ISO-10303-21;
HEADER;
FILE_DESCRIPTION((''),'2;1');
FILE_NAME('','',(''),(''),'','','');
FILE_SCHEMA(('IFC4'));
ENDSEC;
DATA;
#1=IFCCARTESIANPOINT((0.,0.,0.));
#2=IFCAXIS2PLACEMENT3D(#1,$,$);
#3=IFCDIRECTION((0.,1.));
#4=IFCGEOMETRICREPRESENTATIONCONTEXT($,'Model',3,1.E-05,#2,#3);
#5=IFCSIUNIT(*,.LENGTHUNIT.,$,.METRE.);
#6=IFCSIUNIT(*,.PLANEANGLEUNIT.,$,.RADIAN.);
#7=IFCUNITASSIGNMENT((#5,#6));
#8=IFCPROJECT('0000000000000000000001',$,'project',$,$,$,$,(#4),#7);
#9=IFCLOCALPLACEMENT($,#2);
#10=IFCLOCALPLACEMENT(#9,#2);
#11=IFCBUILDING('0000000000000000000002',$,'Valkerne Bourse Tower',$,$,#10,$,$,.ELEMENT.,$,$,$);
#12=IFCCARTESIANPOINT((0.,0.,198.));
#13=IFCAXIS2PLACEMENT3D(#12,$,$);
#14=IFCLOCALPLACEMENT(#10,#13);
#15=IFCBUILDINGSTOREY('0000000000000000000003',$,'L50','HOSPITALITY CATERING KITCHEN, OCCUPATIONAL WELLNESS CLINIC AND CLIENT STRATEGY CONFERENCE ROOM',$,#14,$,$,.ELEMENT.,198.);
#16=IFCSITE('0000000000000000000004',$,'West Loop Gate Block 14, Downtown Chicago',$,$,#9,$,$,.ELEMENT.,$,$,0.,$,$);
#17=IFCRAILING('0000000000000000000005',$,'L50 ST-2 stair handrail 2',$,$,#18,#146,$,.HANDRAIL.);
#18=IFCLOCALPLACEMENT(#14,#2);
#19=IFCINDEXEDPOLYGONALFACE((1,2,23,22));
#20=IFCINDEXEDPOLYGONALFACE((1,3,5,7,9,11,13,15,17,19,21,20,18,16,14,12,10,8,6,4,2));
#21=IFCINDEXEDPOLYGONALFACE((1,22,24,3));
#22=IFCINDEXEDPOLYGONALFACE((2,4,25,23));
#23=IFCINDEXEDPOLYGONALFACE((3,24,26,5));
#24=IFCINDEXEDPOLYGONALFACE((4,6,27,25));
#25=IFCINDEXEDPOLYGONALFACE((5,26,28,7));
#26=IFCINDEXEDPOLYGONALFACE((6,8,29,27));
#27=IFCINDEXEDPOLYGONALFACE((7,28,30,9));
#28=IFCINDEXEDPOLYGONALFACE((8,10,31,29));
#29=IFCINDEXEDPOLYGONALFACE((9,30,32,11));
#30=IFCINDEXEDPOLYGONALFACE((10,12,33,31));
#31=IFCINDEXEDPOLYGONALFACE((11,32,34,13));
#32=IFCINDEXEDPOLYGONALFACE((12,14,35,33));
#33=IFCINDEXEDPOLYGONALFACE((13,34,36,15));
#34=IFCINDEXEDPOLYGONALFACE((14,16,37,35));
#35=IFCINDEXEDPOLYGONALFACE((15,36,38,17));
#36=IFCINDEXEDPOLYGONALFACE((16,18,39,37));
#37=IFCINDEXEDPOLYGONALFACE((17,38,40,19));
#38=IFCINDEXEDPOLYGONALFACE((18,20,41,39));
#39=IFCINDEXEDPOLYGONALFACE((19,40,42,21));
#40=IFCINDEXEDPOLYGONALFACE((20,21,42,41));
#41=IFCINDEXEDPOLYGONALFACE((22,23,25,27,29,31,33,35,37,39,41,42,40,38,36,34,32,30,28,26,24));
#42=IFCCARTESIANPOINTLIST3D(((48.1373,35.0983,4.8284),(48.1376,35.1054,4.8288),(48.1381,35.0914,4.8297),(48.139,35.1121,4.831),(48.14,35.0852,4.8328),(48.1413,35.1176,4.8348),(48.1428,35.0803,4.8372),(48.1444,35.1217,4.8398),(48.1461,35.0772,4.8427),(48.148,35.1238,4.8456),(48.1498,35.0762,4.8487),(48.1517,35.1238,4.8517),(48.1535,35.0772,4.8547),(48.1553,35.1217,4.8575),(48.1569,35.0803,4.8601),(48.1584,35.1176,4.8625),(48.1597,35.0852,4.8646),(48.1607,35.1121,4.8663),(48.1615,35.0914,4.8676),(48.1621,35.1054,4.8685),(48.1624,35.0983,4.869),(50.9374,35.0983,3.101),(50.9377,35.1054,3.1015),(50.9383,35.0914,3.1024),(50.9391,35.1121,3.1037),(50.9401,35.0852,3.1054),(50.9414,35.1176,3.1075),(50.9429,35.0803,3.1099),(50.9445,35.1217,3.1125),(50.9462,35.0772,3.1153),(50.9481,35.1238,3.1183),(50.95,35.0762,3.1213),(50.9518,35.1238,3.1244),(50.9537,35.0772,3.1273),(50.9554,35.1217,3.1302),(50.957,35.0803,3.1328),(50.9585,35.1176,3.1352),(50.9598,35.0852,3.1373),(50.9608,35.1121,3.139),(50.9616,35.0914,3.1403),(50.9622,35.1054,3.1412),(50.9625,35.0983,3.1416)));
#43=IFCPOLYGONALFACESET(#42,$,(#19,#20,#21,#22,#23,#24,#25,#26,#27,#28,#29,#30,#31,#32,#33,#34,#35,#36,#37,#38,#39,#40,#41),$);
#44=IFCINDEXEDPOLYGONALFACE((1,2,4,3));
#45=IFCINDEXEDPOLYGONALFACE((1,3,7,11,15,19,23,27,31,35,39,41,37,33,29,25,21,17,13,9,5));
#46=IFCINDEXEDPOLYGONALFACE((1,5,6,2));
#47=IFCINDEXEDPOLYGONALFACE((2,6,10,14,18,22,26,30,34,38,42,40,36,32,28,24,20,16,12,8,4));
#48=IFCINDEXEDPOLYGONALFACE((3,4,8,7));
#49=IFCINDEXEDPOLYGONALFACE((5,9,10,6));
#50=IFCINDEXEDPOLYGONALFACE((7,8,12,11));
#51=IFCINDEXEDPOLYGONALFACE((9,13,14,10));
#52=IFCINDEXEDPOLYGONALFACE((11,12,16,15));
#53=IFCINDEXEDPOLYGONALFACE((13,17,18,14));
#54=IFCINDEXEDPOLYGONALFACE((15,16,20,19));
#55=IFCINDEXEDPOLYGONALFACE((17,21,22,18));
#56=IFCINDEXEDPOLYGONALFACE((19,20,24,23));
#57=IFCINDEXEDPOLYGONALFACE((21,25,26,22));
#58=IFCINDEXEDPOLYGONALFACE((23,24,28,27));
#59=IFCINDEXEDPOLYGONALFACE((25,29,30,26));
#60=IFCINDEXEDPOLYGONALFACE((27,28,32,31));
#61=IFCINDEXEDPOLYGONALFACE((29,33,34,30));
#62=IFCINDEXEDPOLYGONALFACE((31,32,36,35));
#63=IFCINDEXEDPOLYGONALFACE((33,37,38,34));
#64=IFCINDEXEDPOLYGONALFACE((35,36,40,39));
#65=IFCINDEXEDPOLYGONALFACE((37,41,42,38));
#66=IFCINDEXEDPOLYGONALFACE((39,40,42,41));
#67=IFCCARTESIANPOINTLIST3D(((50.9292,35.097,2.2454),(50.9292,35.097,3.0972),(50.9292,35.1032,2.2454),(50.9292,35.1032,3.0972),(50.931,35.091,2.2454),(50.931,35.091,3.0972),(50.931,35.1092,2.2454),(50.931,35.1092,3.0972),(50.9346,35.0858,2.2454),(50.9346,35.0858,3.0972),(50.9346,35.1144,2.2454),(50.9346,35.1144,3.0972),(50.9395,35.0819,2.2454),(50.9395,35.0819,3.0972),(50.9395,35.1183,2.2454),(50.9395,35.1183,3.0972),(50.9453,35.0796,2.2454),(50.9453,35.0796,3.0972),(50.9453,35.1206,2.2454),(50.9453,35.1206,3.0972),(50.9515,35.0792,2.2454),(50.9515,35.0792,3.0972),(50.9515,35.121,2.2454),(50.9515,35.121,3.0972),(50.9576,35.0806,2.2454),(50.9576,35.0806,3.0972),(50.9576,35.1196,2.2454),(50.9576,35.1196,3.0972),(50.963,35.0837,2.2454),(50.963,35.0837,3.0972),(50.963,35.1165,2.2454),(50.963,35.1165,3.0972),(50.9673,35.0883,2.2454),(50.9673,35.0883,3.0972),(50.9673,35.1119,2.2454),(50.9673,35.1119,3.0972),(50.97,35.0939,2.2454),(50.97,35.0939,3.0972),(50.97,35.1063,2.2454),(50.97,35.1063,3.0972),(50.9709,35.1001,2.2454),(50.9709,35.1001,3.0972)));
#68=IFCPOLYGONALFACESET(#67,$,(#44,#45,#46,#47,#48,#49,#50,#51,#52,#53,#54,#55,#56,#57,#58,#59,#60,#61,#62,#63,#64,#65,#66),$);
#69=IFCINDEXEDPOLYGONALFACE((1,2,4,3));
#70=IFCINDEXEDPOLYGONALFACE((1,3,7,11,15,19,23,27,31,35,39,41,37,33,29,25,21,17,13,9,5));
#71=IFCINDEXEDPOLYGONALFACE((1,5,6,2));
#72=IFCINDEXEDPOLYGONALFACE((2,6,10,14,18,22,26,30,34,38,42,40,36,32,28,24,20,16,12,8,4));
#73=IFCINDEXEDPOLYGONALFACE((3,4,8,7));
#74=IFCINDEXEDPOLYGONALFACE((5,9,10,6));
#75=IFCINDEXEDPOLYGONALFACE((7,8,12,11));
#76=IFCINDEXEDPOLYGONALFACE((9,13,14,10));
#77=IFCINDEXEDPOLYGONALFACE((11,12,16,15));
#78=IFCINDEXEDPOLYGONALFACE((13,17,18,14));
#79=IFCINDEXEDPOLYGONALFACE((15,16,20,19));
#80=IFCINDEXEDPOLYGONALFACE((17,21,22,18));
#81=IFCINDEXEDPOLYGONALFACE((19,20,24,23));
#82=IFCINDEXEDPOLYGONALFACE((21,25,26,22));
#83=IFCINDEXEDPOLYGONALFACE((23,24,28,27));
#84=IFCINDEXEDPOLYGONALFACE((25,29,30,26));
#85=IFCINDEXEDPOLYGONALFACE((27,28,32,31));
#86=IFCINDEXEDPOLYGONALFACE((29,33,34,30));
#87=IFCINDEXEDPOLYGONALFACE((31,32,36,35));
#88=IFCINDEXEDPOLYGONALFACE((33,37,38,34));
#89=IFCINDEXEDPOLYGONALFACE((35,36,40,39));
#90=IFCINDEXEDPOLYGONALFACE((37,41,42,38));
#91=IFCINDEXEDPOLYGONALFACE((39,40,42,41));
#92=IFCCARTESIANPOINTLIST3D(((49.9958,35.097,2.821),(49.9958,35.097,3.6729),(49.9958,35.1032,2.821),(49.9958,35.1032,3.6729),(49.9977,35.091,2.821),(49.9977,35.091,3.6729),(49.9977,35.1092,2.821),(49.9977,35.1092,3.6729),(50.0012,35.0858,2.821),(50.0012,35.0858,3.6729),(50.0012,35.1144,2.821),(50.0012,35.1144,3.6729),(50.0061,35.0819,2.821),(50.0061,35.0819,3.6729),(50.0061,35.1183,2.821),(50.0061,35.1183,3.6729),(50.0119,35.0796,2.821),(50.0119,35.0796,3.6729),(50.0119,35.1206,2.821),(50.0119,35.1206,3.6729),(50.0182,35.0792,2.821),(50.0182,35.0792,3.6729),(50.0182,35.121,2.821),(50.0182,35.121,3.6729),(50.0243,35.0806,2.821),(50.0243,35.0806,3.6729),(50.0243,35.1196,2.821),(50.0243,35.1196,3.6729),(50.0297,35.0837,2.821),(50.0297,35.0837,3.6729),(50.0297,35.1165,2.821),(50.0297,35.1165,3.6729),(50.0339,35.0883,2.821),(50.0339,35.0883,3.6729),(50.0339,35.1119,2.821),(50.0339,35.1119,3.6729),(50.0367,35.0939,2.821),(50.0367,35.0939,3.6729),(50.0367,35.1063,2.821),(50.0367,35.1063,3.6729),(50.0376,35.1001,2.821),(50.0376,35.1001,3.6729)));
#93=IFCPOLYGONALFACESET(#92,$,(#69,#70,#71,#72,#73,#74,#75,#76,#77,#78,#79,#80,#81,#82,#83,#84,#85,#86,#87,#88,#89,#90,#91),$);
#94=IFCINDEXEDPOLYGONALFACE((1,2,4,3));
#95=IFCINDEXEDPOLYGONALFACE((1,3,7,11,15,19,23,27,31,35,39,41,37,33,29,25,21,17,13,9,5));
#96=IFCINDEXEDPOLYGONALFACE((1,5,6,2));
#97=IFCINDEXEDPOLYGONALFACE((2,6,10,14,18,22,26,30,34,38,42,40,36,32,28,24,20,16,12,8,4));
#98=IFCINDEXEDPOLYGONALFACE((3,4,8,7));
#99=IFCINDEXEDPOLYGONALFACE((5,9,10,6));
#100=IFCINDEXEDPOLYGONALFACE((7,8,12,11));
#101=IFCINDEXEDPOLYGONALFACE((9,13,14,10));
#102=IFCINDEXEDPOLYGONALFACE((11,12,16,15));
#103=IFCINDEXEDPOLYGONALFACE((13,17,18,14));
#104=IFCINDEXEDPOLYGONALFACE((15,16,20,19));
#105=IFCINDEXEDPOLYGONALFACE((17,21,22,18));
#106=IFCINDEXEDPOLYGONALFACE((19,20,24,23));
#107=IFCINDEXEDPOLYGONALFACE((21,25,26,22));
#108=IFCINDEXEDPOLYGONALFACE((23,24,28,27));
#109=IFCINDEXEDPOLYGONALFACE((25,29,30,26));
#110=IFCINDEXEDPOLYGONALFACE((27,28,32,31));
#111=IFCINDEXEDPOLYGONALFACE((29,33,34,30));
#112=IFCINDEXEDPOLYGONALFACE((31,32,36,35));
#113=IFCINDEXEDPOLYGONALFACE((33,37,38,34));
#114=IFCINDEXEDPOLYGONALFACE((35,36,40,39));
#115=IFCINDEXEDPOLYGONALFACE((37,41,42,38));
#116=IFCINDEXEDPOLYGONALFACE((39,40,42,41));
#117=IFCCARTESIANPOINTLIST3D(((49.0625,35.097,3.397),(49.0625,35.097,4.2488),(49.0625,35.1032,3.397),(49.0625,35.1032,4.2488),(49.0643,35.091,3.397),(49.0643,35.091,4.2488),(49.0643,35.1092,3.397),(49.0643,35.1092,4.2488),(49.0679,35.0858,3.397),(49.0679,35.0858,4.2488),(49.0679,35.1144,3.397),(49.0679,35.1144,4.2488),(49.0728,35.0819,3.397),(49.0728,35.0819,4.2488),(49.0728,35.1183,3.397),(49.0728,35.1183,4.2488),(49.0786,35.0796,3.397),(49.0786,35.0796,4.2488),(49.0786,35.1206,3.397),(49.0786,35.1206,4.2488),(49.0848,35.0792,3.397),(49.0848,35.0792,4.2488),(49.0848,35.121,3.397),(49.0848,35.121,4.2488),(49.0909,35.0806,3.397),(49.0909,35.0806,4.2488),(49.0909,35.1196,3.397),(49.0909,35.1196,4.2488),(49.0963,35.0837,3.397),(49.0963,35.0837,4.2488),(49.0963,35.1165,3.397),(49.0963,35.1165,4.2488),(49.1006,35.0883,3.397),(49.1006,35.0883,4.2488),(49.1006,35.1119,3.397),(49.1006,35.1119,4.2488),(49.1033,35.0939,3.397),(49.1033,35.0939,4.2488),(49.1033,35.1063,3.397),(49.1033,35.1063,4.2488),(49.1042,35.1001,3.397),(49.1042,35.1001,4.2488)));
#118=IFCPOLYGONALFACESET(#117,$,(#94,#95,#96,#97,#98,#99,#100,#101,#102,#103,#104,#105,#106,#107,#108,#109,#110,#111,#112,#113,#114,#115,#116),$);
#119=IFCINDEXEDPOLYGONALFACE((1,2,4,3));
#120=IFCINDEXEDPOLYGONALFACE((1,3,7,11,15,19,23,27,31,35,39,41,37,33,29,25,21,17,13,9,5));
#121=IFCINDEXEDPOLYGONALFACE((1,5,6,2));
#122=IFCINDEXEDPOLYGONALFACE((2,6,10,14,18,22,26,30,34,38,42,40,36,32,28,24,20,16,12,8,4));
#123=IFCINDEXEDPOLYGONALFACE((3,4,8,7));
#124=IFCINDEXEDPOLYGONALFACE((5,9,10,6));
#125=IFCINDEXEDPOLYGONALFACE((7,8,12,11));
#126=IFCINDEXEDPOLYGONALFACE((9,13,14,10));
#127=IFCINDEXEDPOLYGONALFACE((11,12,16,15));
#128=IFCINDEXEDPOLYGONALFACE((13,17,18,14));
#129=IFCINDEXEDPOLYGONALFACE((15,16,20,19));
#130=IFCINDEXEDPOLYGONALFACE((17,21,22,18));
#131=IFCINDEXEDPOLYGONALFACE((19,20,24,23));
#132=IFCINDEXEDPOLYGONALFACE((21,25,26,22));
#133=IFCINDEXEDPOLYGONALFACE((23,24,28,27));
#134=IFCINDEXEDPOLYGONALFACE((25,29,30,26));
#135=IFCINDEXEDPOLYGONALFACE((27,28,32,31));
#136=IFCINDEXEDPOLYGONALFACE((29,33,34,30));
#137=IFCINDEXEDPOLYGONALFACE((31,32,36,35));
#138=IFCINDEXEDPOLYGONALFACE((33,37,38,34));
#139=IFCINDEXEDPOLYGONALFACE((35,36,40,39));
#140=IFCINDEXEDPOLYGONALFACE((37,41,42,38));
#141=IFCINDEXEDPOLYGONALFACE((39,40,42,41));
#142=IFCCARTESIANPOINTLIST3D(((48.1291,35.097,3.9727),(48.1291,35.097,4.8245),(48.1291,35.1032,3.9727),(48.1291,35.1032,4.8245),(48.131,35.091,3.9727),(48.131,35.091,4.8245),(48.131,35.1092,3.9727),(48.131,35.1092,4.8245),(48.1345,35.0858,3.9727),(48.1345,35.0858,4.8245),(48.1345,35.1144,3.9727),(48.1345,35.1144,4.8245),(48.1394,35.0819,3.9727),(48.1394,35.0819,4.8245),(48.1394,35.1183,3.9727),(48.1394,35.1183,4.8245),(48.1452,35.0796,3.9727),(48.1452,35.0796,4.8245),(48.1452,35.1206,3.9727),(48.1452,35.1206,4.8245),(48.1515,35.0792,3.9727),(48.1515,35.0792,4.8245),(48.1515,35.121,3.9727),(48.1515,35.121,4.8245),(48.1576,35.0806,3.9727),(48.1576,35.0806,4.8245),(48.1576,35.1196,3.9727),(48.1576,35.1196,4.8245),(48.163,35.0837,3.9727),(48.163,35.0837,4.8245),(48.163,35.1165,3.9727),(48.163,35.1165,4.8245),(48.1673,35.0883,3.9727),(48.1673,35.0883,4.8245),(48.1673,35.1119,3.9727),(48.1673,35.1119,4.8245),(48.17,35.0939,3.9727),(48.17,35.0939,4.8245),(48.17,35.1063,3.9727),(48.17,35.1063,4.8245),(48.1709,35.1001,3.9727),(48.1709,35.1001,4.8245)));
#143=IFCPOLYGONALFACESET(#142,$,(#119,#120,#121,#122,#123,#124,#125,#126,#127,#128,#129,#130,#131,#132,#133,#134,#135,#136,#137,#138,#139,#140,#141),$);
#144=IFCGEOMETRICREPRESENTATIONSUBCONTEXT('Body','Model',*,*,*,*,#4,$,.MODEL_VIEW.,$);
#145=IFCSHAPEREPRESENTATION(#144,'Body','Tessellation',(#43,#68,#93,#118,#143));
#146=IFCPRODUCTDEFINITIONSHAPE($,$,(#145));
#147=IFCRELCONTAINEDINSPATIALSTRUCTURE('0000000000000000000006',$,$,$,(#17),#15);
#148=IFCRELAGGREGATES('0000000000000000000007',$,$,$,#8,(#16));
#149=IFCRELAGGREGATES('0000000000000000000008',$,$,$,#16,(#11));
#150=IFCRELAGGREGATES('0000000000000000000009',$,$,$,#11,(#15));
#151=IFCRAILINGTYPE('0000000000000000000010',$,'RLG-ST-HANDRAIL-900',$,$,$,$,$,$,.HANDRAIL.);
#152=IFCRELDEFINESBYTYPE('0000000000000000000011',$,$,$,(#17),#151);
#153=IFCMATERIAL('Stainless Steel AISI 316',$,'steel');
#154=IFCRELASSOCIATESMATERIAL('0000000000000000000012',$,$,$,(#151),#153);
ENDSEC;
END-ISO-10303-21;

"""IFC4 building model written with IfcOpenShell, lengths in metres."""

from ifc_helpers import new_model, si_unit, direction, frame, origin, origin_2d, place, context, subcontext, project, spatial, circle, extrude, material, type_object, element, save


model = new_model("IFC4")

# Units and contexts
model_context = context("Model", 3, precision=1e-05, world=origin(), true_north=direction((0.0, 1.0)))
body_context = subcontext(model_context, "Body", "Model", "MODEL_VIEW")
ifc_project = project(units=[si_unit("LENGTHUNIT", "METRE"), si_unit("PLANEANGLEUNIT", "RADIAN")], contexts=[model_context])

# Site, building, storey
site_placement = place(None, origin())
site = spatial("IfcSite", under=ifc_project, at=site_placement, Name="West Loop Gate Block 14, Downtown Chicago", CompositionType="ELEMENT", RefElevation=0.0)
building_placement = place(site_placement, origin())
building = spatial("IfcBuilding", under=site, at=building_placement, Name="Valkerne Bourse Tower", CompositionType="ELEMENT")
storey_placement = place(building_placement, frame((0.0, 0.0, 198.0)))
storey = spatial("IfcBuildingStorey", under=building, at=storey_placement, Name="L50", Description="HOSPITALITY CATERING KITCHEN, OCCUPATIONAL WELLNESS CLINIC AND CLIENT STRATEGY CONFERENCE ROOM", CompositionType="ELEMENT", Elevation=198.0)

# Railing
ifc_material_1 = material(Name="Stainless Steel AISI 316", Category="steel")
railing_type_1 = type_object("IfcRailingType", Name="RLG-ST-HANDRAIL-900", PredefinedType="HANDRAIL", material=ifc_material_1)
railing_1_placement = place(storey_placement, frame((50.95, 35.1001, 2.2454)))
element("IfcRailing", 1, at=railing_1_placement, inside=storey, type_object=railing_type_1, Name="L50 ST-2 stair handrail 2", PredefinedType="HANDRAIL", context=body_context, shape_type="SweptSolid", body=[
    extrude(circle(Radius=0.0239, at=origin_2d()), frame((0.0, 0.0, 0.876), z_axis=(-0.85109, 0.0, 0.52502), x_axis=(0.0, -1.0, 0.0)), (0.0, 0.0, 1.0), 3.29),
    extrude(circle(Radius=0.021, at=origin_2d()), origin(), (0.0, 0.0, 1.0), 0.8518),
    extrude(circle(Radius=0.021, at=origin_2d()), frame((-0.9333, 0.0, 0.5757)), (0.0, 0.0, 1.0), 0.8518),
    extrude(circle(Radius=0.021, at=origin_2d()), frame((-1.8667, 0.0, 1.1516)), (0.0, 0.0, 1.0), 0.8518),
    extrude(circle(Radius=0.021, at=origin_2d()), frame((-2.8, 0.0, 1.7273)), (0.0, 0.0, 1.0), 0.8518),
])

save(model, "model.ifc")
